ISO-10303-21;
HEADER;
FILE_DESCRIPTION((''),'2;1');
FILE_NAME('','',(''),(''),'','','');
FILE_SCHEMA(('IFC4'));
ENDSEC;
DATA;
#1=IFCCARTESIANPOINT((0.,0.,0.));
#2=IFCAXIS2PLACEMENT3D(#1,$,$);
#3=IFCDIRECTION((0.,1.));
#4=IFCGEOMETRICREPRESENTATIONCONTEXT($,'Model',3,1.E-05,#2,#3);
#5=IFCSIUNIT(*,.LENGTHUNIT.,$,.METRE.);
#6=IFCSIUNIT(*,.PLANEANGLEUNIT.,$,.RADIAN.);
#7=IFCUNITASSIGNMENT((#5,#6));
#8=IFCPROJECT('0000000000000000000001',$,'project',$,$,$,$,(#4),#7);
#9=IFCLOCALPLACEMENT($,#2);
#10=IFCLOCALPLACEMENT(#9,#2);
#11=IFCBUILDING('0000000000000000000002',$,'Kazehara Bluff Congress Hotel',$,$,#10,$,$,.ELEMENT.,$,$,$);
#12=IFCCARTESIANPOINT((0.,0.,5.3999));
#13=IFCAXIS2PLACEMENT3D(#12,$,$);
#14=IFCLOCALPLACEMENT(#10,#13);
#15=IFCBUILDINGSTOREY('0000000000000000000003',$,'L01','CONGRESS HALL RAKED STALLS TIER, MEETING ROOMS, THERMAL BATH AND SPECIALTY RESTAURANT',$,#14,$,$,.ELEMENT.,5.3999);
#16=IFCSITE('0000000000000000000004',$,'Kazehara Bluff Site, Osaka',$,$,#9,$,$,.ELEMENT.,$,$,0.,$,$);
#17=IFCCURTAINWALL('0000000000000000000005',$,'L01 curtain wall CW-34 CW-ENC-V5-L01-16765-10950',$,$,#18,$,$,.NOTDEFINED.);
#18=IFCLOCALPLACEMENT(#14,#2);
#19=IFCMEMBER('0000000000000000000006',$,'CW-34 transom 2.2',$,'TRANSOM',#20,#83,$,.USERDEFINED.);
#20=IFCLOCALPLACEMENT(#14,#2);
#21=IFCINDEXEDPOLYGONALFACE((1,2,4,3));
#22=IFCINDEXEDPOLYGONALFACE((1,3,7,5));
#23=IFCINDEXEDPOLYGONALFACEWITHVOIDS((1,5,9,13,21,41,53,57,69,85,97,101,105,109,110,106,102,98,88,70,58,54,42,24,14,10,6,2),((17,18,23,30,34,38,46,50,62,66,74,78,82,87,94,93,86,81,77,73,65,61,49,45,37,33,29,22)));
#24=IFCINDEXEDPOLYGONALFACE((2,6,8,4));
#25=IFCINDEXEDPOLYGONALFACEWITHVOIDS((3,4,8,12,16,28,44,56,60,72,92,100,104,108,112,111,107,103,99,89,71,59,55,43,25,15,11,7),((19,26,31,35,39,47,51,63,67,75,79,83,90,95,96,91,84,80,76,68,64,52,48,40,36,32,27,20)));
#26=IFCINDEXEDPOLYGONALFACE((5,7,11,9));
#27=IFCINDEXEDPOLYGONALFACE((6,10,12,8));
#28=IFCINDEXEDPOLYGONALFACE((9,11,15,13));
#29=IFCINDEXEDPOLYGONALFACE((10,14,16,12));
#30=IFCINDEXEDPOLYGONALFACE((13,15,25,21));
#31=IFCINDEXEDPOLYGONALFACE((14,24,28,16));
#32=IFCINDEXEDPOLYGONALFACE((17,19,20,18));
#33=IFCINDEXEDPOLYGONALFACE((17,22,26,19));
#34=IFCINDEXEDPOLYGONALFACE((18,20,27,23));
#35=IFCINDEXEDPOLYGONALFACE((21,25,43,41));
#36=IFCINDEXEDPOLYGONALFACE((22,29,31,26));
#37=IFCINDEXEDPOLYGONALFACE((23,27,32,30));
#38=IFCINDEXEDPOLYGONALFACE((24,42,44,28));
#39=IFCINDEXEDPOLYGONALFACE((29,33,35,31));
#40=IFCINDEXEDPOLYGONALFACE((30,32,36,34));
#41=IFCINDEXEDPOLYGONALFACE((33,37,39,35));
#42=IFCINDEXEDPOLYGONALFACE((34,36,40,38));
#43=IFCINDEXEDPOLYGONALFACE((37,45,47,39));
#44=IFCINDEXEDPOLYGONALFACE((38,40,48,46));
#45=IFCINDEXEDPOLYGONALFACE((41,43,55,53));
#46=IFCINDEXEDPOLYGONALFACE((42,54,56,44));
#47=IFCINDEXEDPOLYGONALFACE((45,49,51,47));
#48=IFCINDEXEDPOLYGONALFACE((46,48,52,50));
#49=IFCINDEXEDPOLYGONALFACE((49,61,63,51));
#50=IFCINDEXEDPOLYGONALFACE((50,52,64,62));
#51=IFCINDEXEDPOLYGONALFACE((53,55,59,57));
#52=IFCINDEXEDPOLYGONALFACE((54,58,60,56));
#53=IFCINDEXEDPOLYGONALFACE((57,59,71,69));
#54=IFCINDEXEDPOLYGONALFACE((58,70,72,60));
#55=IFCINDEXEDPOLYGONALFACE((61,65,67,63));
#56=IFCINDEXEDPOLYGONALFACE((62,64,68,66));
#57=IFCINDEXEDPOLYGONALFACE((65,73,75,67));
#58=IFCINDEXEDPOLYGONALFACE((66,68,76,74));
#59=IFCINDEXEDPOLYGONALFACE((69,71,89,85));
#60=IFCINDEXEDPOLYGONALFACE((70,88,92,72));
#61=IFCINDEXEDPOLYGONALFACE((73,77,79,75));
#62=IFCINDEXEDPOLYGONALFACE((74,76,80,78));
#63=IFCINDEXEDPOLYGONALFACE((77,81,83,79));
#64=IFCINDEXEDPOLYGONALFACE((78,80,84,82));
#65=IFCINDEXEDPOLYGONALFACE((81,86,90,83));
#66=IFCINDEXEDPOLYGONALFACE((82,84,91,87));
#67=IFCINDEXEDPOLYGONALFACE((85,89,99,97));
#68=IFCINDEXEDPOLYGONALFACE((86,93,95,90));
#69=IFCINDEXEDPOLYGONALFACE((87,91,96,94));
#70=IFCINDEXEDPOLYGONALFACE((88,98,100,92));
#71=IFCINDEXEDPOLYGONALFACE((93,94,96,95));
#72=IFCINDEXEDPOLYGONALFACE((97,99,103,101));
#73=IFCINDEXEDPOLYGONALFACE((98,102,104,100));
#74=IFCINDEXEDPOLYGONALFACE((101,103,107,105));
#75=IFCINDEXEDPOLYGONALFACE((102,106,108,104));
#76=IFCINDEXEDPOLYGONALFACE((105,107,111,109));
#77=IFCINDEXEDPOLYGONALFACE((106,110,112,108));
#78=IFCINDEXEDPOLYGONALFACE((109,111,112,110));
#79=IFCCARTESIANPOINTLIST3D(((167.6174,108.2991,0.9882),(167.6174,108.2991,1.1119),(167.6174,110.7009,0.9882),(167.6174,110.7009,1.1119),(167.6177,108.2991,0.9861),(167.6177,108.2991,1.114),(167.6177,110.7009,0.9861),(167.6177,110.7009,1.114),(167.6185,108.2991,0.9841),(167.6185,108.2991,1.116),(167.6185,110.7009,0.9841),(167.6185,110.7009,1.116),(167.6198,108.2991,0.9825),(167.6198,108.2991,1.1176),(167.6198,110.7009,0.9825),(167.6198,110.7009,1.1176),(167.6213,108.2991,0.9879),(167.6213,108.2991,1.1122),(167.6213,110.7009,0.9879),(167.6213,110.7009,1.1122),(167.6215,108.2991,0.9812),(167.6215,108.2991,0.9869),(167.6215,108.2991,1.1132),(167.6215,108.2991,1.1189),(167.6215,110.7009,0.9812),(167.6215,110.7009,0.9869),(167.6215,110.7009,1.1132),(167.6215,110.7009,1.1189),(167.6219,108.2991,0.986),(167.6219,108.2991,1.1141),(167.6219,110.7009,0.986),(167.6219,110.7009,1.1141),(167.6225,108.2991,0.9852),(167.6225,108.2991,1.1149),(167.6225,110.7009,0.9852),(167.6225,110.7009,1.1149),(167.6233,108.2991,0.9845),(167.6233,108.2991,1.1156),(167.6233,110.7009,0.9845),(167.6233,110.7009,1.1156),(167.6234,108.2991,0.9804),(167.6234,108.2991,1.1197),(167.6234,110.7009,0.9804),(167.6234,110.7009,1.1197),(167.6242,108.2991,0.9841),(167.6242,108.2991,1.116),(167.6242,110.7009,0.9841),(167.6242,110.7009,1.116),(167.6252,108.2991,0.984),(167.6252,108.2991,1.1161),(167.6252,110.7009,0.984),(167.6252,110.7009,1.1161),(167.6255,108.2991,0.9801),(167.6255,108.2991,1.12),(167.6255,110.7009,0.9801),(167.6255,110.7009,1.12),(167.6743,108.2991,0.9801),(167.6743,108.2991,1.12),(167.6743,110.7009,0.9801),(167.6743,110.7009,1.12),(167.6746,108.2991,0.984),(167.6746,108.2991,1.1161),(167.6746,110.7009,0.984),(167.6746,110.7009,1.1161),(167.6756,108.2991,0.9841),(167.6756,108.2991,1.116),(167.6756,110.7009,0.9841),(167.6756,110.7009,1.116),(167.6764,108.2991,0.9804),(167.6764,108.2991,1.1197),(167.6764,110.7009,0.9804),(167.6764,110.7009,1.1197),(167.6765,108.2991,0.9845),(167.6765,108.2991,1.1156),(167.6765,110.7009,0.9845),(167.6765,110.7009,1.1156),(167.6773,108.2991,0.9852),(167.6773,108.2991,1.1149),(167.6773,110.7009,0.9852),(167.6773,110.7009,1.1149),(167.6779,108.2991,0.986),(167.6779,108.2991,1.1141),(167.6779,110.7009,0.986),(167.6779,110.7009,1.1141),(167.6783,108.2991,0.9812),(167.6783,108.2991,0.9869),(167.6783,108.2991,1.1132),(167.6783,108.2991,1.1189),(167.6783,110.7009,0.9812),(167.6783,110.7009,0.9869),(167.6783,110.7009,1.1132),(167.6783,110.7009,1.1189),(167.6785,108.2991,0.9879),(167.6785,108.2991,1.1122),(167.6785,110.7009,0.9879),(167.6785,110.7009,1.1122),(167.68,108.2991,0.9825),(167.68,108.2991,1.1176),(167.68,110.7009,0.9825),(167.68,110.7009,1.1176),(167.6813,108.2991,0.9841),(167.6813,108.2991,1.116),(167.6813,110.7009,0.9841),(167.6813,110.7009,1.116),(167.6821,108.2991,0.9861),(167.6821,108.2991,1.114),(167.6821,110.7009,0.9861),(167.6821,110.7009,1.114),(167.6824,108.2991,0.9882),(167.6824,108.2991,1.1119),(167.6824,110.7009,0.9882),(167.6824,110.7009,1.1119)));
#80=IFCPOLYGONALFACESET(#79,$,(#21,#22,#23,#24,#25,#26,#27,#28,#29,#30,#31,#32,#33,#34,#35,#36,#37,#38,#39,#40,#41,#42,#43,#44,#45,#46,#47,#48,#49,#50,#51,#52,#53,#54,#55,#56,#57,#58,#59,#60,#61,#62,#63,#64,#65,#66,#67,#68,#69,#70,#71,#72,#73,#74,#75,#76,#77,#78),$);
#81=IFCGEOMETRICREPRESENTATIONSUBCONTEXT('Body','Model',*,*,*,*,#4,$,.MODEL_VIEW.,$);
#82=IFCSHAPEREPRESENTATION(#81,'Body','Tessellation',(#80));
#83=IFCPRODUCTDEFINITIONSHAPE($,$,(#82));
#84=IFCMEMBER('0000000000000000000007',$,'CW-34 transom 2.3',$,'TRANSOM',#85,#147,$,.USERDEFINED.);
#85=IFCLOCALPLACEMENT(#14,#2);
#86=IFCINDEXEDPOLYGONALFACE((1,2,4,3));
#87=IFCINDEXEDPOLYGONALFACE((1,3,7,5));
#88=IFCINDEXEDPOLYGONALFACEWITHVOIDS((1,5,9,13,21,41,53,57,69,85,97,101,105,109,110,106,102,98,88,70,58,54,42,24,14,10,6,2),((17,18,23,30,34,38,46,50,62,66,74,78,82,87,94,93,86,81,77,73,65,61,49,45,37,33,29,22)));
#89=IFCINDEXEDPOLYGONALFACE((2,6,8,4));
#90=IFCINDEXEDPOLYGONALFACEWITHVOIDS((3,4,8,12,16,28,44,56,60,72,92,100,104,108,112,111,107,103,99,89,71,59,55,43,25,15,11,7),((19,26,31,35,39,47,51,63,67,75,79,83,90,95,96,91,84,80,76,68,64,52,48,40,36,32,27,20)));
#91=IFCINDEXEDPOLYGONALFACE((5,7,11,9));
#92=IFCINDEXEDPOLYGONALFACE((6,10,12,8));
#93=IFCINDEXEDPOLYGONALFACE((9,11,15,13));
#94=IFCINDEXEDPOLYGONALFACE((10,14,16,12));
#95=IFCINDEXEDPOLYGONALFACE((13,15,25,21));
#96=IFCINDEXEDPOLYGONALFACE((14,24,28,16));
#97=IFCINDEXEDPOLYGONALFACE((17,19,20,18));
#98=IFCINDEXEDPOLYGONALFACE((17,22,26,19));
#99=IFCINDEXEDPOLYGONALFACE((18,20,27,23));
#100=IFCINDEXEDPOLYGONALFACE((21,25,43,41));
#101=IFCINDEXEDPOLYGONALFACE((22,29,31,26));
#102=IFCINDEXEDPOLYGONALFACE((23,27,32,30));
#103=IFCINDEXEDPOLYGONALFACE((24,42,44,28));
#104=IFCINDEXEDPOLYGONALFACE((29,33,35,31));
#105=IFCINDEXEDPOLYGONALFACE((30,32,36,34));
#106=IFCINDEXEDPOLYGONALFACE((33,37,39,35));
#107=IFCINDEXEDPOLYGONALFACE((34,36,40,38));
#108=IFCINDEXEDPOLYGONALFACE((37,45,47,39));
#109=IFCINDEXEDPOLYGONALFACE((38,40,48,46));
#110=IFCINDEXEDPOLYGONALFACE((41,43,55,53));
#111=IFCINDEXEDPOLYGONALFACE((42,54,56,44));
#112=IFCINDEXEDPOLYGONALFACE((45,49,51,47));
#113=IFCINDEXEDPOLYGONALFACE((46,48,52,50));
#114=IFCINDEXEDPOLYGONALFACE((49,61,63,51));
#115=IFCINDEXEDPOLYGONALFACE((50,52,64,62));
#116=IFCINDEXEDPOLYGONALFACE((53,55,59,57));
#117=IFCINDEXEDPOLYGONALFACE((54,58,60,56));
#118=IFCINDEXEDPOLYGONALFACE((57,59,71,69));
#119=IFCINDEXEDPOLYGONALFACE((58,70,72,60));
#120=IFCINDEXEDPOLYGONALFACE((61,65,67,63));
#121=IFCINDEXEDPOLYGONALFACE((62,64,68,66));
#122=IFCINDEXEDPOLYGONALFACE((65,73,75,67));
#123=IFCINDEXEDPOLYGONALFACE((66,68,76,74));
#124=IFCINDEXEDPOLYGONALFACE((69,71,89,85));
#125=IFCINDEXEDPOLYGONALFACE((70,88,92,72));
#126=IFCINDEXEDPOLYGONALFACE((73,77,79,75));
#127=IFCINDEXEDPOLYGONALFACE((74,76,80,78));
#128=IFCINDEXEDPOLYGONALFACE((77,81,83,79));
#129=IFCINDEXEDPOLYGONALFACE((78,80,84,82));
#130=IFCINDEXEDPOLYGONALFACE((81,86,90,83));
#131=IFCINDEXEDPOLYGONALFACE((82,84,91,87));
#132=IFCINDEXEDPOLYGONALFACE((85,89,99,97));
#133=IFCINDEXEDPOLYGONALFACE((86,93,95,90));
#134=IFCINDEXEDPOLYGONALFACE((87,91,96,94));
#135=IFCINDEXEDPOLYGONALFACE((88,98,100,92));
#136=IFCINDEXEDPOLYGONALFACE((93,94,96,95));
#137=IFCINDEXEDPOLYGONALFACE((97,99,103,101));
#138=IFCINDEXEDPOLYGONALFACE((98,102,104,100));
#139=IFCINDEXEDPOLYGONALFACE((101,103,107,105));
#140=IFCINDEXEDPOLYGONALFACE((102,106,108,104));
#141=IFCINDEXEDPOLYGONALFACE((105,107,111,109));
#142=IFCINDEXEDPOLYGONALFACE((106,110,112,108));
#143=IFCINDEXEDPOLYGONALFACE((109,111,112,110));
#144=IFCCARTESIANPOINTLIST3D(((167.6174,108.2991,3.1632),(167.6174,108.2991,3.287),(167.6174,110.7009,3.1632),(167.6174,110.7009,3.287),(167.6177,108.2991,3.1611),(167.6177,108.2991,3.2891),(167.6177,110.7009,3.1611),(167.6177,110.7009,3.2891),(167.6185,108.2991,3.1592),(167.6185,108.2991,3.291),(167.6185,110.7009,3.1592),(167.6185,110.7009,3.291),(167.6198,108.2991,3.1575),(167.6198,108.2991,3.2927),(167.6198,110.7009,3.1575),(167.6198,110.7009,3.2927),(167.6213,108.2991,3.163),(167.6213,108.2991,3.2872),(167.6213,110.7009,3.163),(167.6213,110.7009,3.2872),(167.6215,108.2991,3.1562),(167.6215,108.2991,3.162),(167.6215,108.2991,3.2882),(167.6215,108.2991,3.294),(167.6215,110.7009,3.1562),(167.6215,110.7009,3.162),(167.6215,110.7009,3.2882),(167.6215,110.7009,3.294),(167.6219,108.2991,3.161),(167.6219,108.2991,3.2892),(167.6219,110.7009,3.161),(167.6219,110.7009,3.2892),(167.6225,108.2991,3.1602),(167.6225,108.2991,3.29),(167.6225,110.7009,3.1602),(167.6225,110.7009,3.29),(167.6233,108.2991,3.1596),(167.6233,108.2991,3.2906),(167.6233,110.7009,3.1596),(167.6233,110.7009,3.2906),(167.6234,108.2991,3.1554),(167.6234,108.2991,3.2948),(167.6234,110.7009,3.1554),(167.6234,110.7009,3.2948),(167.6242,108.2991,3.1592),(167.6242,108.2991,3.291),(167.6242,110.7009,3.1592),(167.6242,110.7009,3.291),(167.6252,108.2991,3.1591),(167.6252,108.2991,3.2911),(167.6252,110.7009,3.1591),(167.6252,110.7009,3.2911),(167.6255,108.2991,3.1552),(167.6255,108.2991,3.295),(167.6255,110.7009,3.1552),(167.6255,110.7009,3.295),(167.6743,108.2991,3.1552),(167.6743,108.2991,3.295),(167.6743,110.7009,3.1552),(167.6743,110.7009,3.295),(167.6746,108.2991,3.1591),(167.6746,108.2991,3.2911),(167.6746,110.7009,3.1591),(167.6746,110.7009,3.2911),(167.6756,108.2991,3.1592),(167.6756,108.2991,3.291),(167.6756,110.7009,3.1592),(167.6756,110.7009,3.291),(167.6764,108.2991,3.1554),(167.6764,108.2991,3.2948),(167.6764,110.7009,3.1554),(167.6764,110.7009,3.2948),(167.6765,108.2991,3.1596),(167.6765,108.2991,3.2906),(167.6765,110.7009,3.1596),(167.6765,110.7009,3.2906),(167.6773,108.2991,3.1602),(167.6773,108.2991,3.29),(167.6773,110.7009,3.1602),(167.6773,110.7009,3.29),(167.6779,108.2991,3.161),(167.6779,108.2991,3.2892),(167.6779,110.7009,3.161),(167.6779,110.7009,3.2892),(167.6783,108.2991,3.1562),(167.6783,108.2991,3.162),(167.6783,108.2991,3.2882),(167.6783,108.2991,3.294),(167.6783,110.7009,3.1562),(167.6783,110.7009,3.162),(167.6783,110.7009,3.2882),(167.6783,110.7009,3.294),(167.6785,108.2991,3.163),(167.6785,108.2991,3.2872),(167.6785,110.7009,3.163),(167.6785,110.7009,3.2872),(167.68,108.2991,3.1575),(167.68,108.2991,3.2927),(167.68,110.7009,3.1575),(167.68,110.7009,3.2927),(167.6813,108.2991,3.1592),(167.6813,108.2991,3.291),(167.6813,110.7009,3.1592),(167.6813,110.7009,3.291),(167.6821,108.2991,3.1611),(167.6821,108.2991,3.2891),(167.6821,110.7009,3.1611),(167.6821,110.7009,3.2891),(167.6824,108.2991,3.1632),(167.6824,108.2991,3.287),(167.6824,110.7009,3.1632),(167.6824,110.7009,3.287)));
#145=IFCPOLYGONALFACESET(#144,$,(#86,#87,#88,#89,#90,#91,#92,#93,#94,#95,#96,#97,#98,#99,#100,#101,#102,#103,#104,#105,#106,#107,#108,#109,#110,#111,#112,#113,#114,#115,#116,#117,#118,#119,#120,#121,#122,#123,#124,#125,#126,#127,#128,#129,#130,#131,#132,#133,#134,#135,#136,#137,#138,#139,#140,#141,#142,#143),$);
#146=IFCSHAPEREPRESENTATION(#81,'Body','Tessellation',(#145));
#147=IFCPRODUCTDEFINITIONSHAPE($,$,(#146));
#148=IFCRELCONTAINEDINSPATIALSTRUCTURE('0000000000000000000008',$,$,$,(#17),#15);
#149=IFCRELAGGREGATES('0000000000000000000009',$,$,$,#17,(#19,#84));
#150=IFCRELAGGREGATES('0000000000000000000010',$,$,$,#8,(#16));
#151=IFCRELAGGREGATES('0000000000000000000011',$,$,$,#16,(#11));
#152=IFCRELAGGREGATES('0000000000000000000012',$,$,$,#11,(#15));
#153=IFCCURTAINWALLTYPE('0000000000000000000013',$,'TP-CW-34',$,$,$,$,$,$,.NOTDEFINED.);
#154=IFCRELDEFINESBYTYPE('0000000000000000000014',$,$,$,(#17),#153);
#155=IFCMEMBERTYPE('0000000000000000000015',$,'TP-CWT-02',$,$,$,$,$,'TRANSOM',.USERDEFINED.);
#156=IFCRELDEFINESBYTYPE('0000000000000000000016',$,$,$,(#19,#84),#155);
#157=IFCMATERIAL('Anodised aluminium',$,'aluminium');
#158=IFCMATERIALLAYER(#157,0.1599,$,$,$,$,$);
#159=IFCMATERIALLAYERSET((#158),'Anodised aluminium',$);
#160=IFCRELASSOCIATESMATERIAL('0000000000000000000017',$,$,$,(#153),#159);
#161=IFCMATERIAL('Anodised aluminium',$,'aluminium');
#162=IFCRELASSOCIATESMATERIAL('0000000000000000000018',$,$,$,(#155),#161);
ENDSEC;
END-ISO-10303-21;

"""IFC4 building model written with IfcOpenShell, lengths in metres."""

from ifc_helpers import new_model, si_unit, direction, frame, origin, origin_2d, place, context, subcontext, project, spatial, hollow_rectangle, extrude, material, layer, layer_set, material_profile, profile_set, type_object, element, aggregate, save


model = new_model("IFC4")

# Units and contexts
model_context = context("Model", 3, precision=1e-05, world=origin(), true_north=direction((0.0, 1.0)))
body_context = subcontext(model_context, "Body", "Model", "MODEL_VIEW")
ifc_project = project(units=[si_unit("LENGTHUNIT", "METRE"), si_unit("PLANEANGLEUNIT", "RADIAN")], contexts=[model_context])

# Site, building, storey
site_placement = place(None, origin())
site = spatial("IfcSite", under=ifc_project, at=site_placement, Name="Kazehara Bluff Site, Osaka", CompositionType="ELEMENT", RefElevation=0.0)
building_placement = place(site_placement, origin())
building = spatial("IfcBuilding", under=site, at=building_placement, Name="Kazehara Bluff Congress Hotel", CompositionType="ELEMENT")
storey_placement = place(building_placement, frame((0.0, 0.0, 5.3999)))
storey = spatial("IfcBuildingStorey", under=building, at=storey_placement, Name="L01", Description="CONGRESS HALL RAKED STALLS TIER, MEETING ROOMS, THERMAL BATH AND SPECIALTY RESTAURANT", CompositionType="ELEMENT", Elevation=5.3999)

# Curtain wall
ifc_material_1 = material(Name="Anodised aluminium", Category="aluminium")
ifc_layer_1 = layer(ifc_material_1, 0.1599)
ifc_layer_set_1 = layer_set([ifc_layer_1], Name="Anodised aluminium")
curtain_wall_type_1 = type_object("IfcCurtainWallType", Name="TP-CW-34", PredefinedType="NOTDEFINED", material=ifc_layer_set_1)
curtain_wall_1_placement = place(storey_placement, origin())
curtain_wall_1 = element("IfcCurtainWall", 1, at=curtain_wall_1_placement, inside=storey, type_object=curtain_wall_type_1, Name="L01 curtain wall CW-34 CW-ENC-V5-L01-16765-10950", PredefinedType="NOTDEFINED")

# Members
ifc_material_2 = material(Name="Anodised aluminium", Category="aluminium")
ifc_material_profile_1 = material_profile(ifc_material_2, hollow_rectangle(XDim=0.0649, YDim=0.1399, WallThickness=0.0039, InnerFilletRadius=0.0039, OuterFilletRadius=0.0081, at=origin_2d()))
ifc_profile_set_1 = profile_set([ifc_material_profile_1], Name="Anodised aluminium")
member_type_1 = type_object("IfcMemberType", Name="TP-CWT-02", ElementType="TRANSOM", PredefinedType="USERDEFINED", material=ifc_profile_set_1)
member_1_placement = place(storey_placement, frame((167.6499, 110.7009, 1.05), z_axis=(0.0, -1.0, 0.0), x_axis=(1.0, 0.0, 0.0)))
member_1 = element("IfcMember", 2, at=member_1_placement, type_object=member_type_1, Name="CW-34 transom 2.2", ObjectType="TRANSOM", PredefinedType="USERDEFINED", context=body_context, shape_type="SweptSolid", body=[
    extrude(hollow_rectangle(XDim=0.0649, YDim=0.1399, WallThickness=0.0039, InnerFilletRadius=0.0039, OuterFilletRadius=0.0081, at=origin_2d()), origin(), (0.0, 0.0, 1.0), 2.4019),
])
member_2_placement = place(storey_placement, frame((167.6499, 110.7009, 3.2251), z_axis=(0.0, -1.0, 0.0), x_axis=(1.0, 0.0, 0.0)))
member_2 = element("IfcMember", 3, at=member_2_placement, type_object=member_type_1, Name="CW-34 transom 2.3", ObjectType="TRANSOM", PredefinedType="USERDEFINED", context=body_context, shape_type="SweptSolid", body=[
    extrude(hollow_rectangle(XDim=0.0649, YDim=0.1399, WallThickness=0.0039, InnerFilletRadius=0.0039, OuterFilletRadius=0.0081, at=origin_2d()), origin(), (0.0, 0.0, 1.0), 2.4019),
])

aggregate(curtain_wall_1, [member_1, member_2])

save(model, "model.ifc")
